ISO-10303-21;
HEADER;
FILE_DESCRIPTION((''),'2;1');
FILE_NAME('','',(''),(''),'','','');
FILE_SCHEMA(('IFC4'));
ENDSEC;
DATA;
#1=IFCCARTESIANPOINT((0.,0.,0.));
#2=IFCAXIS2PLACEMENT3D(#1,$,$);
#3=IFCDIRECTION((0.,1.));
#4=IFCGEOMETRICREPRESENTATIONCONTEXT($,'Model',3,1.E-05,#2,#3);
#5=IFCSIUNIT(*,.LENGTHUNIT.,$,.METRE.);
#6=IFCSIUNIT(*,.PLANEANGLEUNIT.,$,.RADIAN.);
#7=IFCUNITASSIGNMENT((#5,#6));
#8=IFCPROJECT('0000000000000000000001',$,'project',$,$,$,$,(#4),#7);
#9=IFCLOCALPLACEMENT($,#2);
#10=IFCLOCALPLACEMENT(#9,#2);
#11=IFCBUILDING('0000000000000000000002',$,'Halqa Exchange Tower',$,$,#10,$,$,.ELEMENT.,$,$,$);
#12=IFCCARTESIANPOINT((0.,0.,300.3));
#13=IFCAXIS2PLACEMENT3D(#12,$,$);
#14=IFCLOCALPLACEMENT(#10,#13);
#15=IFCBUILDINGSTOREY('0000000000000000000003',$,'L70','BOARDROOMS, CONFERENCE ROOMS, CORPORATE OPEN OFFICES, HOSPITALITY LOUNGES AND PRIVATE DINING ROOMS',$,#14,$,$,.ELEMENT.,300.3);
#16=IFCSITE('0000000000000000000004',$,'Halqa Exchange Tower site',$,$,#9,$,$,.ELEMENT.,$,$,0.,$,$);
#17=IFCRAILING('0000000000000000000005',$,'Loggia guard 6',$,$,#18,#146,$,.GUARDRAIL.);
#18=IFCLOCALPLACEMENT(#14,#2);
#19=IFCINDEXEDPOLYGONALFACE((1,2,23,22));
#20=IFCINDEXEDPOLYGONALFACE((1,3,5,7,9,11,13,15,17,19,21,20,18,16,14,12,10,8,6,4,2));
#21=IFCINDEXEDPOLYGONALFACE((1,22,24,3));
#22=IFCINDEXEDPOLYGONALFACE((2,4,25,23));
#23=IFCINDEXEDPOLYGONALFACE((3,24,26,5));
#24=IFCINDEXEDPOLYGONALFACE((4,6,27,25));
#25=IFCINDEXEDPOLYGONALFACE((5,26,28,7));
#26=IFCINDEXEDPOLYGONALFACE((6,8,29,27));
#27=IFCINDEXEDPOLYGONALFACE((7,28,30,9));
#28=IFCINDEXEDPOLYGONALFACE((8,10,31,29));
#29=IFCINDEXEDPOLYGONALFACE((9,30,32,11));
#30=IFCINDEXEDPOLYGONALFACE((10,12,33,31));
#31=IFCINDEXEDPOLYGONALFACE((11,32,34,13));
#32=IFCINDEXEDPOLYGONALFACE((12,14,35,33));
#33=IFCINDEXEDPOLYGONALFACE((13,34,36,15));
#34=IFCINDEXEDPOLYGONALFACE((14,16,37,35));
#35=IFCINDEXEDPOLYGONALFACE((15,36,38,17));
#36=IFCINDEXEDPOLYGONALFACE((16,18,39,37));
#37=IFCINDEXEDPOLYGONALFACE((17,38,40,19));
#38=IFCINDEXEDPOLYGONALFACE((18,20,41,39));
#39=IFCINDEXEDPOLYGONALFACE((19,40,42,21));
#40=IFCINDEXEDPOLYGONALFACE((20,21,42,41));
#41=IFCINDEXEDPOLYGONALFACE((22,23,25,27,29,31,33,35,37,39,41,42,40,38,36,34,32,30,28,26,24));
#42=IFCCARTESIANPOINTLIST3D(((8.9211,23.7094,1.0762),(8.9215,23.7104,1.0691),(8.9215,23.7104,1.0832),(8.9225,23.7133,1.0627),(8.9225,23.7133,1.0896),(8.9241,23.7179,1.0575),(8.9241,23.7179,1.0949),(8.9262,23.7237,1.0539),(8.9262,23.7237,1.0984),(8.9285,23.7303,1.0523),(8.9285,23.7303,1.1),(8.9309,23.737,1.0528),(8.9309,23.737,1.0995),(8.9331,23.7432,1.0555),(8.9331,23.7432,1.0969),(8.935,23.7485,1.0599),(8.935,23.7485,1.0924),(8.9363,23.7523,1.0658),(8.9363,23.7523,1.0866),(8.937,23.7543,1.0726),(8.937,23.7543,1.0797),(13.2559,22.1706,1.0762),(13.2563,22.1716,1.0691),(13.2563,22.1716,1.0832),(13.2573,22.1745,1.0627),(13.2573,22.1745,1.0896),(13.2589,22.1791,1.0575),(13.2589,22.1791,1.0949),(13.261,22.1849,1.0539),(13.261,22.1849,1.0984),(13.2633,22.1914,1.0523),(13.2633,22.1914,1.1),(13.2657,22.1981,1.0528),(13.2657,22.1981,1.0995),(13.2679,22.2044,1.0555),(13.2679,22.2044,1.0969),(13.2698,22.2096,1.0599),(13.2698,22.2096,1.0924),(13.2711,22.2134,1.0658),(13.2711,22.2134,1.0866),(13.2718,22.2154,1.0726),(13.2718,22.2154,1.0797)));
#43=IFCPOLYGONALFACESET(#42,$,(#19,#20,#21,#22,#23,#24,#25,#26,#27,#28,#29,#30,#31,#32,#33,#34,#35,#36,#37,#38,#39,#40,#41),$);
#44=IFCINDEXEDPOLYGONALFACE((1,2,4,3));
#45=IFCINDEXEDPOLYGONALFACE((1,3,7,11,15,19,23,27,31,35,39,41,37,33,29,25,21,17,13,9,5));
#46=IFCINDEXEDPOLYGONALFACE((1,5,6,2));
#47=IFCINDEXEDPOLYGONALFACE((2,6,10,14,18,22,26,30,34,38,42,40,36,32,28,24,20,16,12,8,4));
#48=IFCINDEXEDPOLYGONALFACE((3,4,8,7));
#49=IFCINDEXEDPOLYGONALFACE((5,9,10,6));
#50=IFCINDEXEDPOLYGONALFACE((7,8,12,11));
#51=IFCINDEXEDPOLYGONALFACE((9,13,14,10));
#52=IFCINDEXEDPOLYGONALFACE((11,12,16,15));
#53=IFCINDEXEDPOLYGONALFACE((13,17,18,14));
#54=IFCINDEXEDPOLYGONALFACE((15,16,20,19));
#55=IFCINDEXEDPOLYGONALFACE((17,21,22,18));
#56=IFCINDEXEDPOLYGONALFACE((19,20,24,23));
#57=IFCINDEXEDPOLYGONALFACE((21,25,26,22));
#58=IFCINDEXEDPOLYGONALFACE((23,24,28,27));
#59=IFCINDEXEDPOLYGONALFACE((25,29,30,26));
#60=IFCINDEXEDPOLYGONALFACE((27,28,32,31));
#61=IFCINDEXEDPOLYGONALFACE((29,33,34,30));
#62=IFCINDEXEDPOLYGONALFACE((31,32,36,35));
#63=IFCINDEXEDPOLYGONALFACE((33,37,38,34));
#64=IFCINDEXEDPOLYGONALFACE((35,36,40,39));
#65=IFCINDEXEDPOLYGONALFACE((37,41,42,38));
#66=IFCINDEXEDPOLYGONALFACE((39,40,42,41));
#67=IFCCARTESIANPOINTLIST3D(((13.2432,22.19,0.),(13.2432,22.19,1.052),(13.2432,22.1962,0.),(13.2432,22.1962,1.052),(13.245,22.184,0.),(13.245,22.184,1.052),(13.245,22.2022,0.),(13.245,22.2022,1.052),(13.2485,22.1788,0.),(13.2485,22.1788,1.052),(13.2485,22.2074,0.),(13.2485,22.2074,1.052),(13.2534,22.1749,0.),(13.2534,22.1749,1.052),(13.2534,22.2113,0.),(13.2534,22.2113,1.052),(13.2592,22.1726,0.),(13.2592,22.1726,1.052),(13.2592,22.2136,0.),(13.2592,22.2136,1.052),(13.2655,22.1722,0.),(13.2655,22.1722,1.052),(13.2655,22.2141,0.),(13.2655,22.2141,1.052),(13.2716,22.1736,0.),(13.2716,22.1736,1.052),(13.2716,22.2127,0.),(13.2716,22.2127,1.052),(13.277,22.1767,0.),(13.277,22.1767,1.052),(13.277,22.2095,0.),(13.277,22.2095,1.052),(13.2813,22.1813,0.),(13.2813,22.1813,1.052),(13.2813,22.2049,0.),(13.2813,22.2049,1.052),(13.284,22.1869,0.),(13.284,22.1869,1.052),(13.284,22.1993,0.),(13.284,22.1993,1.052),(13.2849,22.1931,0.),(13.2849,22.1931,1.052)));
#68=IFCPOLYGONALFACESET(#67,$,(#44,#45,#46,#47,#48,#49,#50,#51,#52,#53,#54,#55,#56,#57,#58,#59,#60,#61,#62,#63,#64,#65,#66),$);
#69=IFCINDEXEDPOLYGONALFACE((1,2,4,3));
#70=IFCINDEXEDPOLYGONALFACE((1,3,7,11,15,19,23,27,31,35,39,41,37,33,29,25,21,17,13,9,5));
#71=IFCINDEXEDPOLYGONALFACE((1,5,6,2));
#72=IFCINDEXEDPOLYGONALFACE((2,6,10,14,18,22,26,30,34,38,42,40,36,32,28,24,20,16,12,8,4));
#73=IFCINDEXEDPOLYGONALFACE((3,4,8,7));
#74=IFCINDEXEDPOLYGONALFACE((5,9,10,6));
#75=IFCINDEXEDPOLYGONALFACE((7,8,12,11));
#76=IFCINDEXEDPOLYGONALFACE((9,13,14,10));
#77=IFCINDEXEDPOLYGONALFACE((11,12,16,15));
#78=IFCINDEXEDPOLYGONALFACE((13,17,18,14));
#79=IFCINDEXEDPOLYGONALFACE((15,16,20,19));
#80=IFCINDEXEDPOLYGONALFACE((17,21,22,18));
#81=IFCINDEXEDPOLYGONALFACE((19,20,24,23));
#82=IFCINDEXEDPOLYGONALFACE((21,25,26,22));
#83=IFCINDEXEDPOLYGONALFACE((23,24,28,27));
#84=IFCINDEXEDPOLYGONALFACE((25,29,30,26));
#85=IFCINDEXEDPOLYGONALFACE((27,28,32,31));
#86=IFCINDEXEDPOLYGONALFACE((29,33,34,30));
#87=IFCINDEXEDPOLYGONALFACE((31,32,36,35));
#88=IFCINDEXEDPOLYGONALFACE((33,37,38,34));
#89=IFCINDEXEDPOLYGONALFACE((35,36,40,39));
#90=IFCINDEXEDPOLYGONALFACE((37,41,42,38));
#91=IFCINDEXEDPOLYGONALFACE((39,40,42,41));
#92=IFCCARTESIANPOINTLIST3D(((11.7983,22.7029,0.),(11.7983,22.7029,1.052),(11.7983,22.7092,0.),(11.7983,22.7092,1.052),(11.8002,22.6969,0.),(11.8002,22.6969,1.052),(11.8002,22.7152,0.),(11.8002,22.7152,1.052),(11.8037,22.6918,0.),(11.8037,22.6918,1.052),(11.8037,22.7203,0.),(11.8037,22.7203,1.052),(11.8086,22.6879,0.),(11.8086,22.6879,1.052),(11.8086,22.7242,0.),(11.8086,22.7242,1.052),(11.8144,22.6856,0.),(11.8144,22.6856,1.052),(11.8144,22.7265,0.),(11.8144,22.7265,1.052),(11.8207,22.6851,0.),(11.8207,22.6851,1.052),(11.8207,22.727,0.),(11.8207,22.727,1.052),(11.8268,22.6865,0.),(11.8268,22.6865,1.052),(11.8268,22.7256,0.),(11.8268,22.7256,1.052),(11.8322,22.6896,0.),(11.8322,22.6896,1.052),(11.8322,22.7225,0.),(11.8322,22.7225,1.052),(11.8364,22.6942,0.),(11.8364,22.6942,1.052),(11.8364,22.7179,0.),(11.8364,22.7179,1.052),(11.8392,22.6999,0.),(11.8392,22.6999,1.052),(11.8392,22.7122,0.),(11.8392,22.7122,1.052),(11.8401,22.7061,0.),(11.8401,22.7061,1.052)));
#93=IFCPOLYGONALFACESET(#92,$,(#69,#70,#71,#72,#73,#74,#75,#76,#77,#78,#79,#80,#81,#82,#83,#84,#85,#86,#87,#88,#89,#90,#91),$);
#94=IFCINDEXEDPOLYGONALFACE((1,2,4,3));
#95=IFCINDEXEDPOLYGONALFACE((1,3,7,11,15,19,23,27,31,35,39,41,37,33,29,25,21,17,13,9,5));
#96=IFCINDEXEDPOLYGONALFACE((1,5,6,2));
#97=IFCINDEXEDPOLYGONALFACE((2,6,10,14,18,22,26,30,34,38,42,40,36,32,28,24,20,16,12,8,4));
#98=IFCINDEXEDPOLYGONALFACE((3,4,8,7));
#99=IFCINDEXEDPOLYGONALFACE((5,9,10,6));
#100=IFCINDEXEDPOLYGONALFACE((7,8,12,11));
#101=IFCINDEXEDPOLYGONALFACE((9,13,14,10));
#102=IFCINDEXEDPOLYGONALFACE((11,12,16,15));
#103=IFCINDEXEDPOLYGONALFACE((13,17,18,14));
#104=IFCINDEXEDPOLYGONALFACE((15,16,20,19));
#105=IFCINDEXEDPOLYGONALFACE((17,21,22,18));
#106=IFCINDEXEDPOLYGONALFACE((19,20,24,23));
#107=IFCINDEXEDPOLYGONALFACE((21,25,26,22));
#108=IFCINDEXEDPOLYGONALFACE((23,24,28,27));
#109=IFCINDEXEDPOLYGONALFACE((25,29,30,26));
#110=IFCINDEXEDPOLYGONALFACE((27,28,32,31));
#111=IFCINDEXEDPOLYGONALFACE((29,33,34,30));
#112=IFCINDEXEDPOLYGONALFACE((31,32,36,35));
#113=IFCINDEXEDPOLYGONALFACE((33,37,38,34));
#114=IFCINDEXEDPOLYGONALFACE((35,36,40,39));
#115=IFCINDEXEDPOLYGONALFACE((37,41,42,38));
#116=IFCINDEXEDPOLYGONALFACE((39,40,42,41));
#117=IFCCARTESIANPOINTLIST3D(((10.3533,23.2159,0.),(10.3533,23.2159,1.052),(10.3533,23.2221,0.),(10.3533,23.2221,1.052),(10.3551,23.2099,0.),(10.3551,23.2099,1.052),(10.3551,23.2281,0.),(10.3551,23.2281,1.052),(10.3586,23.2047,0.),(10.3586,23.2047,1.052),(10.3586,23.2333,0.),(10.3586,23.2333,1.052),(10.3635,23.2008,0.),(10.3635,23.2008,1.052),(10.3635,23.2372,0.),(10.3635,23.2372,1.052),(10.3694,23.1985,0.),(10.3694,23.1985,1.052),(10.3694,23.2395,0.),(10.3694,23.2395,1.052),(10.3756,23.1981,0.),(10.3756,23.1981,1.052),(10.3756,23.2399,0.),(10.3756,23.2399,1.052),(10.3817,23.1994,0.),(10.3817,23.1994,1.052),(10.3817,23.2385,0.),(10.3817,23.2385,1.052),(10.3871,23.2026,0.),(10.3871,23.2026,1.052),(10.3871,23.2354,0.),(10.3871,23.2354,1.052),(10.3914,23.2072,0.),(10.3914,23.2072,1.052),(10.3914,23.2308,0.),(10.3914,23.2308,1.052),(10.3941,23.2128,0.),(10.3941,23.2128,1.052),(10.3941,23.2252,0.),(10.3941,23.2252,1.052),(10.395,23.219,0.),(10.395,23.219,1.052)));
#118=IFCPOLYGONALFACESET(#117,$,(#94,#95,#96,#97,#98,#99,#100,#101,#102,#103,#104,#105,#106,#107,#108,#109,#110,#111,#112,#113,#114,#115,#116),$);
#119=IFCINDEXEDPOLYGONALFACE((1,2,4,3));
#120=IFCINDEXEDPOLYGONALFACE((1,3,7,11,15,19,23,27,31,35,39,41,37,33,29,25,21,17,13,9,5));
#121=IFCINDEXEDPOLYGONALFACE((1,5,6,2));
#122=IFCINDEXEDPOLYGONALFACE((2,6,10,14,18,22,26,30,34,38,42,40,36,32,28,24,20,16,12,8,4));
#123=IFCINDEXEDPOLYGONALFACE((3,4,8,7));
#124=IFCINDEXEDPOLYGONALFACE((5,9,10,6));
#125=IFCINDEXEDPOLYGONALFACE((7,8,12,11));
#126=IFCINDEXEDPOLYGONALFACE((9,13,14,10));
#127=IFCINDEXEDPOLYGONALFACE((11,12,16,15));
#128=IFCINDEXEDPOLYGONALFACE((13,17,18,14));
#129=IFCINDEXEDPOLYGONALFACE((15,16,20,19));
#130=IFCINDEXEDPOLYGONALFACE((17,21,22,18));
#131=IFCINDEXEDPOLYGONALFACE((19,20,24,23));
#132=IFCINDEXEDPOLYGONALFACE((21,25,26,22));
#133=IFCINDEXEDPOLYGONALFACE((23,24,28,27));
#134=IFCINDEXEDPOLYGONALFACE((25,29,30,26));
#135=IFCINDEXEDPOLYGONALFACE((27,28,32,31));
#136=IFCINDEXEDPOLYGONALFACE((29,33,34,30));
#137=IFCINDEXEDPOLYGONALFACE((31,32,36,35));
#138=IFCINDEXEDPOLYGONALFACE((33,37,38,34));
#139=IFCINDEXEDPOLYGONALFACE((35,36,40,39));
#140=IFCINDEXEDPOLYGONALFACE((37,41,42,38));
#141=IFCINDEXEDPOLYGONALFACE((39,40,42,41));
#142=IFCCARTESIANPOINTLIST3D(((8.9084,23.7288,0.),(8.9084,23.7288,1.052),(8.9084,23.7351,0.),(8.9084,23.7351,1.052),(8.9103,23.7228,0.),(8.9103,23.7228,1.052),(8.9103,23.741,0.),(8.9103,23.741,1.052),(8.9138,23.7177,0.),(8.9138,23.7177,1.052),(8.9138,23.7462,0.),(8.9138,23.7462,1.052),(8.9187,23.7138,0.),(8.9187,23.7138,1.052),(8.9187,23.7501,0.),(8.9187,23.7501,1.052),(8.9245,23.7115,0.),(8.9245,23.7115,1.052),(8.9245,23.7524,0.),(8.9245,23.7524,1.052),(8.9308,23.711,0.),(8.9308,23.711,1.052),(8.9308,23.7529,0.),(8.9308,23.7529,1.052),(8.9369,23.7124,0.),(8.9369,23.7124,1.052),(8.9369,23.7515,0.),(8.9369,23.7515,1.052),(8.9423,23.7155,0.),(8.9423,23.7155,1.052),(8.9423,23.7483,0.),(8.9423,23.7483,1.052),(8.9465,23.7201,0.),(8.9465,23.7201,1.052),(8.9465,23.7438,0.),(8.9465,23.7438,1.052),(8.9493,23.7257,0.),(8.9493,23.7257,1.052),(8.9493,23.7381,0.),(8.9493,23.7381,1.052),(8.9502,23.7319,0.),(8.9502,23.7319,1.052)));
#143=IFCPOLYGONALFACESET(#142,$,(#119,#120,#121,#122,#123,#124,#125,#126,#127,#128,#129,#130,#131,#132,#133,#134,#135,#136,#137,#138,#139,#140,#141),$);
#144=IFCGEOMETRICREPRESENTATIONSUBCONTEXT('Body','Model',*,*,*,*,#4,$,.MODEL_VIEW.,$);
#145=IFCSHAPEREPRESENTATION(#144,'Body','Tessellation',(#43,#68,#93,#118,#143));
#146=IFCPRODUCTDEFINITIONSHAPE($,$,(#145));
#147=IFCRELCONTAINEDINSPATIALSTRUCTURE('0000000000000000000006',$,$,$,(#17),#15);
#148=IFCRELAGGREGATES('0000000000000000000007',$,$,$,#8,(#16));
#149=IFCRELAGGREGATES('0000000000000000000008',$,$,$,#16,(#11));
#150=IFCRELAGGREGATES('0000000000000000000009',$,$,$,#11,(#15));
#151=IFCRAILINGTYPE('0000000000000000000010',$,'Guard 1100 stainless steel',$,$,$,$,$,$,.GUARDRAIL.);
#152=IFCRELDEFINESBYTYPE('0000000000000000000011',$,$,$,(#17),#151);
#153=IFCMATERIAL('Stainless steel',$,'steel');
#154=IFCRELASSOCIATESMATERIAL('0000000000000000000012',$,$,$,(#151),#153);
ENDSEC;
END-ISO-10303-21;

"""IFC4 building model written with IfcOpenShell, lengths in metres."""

from ifc_helpers import new_model, si_unit, direction, frame, origin, origin_2d, place, context, subcontext, project, spatial, circle, extrude, material, type_object, element, save


model = new_model("IFC4")

# Units and contexts
model_context = context("Model", 3, precision=1e-05, world=origin(), true_north=direction((0.0, 1.0)))
body_context = subcontext(model_context, "Body", "Model", "MODEL_VIEW")
ifc_project = project(units=[si_unit("LENGTHUNIT", "METRE"), si_unit("PLANEANGLEUNIT", "RADIAN")], contexts=[model_context])

# Site, building, storey
site_placement = place(None, origin())
site = spatial("IfcSite", under=ifc_project, at=site_placement, Name="Halqa Exchange Tower site", CompositionType="ELEMENT", RefElevation=0.0)
building_placement = place(site_placement, origin())
building = spatial("IfcBuilding", under=site, at=building_placement, Name="Halqa Exchange Tower", CompositionType="ELEMENT")
storey_placement = place(building_placement, frame((0.0, 0.0, 300.3)))
storey = spatial("IfcBuildingStorey", under=building, at=storey_placement, Name="L70", Description="BOARDROOMS, CONFERENCE ROOMS, CORPORATE OPEN OFFICES, HOSPITALITY LOUNGES AND PRIVATE DINING ROOMS", CompositionType="ELEMENT", Elevation=300.3)

# Railing
ifc_material_1 = material(Name="Stainless steel", Category="steel")
railing_type = type_object("IfcRailingType", Name="Guard 1100 stainless steel", PredefinedType="GUARDRAIL", material=ifc_material_1)
railing_1_placement = place(storey_placement, frame((13.2639, 22.1931, 0.0)))
element("IfcRailing", 1, at=railing_1_placement, inside=storey, type_object=railing_type, Name="Loggia guard 6", PredefinedType="GUARDRAIL", context=body_context, shape_type="SweptSolid", body=[
    extrude(circle(Radius=0.0239, at=origin_2d()), frame((0.0, 0.0, 1.0762), z_axis=(-0.94238, 0.334544, 0.0), x_axis=(-0.334544, -0.94238, 0.0)), (0.0, 0.0, 1.0), 4.5999),
    extrude(circle(Radius=0.021, at=origin_2d()), origin(), (0.0, 0.0, 1.0), 1.052),
    extrude(circle(Radius=0.021, at=origin_2d()), frame((-1.4448, 0.5129, 0.0)), (0.0, 0.0, 1.0), 1.052),
    extrude(circle(Radius=0.021, at=origin_2d()), frame((-2.8899, 1.0259, 0.0)), (0.0, 0.0, 1.0), 1.052),
    extrude(circle(Radius=0.021, at=origin_2d()), frame((-4.3347, 1.5388, 0.0)), (0.0, 0.0, 1.0), 1.052),
])

save(model, "model.ifc")
